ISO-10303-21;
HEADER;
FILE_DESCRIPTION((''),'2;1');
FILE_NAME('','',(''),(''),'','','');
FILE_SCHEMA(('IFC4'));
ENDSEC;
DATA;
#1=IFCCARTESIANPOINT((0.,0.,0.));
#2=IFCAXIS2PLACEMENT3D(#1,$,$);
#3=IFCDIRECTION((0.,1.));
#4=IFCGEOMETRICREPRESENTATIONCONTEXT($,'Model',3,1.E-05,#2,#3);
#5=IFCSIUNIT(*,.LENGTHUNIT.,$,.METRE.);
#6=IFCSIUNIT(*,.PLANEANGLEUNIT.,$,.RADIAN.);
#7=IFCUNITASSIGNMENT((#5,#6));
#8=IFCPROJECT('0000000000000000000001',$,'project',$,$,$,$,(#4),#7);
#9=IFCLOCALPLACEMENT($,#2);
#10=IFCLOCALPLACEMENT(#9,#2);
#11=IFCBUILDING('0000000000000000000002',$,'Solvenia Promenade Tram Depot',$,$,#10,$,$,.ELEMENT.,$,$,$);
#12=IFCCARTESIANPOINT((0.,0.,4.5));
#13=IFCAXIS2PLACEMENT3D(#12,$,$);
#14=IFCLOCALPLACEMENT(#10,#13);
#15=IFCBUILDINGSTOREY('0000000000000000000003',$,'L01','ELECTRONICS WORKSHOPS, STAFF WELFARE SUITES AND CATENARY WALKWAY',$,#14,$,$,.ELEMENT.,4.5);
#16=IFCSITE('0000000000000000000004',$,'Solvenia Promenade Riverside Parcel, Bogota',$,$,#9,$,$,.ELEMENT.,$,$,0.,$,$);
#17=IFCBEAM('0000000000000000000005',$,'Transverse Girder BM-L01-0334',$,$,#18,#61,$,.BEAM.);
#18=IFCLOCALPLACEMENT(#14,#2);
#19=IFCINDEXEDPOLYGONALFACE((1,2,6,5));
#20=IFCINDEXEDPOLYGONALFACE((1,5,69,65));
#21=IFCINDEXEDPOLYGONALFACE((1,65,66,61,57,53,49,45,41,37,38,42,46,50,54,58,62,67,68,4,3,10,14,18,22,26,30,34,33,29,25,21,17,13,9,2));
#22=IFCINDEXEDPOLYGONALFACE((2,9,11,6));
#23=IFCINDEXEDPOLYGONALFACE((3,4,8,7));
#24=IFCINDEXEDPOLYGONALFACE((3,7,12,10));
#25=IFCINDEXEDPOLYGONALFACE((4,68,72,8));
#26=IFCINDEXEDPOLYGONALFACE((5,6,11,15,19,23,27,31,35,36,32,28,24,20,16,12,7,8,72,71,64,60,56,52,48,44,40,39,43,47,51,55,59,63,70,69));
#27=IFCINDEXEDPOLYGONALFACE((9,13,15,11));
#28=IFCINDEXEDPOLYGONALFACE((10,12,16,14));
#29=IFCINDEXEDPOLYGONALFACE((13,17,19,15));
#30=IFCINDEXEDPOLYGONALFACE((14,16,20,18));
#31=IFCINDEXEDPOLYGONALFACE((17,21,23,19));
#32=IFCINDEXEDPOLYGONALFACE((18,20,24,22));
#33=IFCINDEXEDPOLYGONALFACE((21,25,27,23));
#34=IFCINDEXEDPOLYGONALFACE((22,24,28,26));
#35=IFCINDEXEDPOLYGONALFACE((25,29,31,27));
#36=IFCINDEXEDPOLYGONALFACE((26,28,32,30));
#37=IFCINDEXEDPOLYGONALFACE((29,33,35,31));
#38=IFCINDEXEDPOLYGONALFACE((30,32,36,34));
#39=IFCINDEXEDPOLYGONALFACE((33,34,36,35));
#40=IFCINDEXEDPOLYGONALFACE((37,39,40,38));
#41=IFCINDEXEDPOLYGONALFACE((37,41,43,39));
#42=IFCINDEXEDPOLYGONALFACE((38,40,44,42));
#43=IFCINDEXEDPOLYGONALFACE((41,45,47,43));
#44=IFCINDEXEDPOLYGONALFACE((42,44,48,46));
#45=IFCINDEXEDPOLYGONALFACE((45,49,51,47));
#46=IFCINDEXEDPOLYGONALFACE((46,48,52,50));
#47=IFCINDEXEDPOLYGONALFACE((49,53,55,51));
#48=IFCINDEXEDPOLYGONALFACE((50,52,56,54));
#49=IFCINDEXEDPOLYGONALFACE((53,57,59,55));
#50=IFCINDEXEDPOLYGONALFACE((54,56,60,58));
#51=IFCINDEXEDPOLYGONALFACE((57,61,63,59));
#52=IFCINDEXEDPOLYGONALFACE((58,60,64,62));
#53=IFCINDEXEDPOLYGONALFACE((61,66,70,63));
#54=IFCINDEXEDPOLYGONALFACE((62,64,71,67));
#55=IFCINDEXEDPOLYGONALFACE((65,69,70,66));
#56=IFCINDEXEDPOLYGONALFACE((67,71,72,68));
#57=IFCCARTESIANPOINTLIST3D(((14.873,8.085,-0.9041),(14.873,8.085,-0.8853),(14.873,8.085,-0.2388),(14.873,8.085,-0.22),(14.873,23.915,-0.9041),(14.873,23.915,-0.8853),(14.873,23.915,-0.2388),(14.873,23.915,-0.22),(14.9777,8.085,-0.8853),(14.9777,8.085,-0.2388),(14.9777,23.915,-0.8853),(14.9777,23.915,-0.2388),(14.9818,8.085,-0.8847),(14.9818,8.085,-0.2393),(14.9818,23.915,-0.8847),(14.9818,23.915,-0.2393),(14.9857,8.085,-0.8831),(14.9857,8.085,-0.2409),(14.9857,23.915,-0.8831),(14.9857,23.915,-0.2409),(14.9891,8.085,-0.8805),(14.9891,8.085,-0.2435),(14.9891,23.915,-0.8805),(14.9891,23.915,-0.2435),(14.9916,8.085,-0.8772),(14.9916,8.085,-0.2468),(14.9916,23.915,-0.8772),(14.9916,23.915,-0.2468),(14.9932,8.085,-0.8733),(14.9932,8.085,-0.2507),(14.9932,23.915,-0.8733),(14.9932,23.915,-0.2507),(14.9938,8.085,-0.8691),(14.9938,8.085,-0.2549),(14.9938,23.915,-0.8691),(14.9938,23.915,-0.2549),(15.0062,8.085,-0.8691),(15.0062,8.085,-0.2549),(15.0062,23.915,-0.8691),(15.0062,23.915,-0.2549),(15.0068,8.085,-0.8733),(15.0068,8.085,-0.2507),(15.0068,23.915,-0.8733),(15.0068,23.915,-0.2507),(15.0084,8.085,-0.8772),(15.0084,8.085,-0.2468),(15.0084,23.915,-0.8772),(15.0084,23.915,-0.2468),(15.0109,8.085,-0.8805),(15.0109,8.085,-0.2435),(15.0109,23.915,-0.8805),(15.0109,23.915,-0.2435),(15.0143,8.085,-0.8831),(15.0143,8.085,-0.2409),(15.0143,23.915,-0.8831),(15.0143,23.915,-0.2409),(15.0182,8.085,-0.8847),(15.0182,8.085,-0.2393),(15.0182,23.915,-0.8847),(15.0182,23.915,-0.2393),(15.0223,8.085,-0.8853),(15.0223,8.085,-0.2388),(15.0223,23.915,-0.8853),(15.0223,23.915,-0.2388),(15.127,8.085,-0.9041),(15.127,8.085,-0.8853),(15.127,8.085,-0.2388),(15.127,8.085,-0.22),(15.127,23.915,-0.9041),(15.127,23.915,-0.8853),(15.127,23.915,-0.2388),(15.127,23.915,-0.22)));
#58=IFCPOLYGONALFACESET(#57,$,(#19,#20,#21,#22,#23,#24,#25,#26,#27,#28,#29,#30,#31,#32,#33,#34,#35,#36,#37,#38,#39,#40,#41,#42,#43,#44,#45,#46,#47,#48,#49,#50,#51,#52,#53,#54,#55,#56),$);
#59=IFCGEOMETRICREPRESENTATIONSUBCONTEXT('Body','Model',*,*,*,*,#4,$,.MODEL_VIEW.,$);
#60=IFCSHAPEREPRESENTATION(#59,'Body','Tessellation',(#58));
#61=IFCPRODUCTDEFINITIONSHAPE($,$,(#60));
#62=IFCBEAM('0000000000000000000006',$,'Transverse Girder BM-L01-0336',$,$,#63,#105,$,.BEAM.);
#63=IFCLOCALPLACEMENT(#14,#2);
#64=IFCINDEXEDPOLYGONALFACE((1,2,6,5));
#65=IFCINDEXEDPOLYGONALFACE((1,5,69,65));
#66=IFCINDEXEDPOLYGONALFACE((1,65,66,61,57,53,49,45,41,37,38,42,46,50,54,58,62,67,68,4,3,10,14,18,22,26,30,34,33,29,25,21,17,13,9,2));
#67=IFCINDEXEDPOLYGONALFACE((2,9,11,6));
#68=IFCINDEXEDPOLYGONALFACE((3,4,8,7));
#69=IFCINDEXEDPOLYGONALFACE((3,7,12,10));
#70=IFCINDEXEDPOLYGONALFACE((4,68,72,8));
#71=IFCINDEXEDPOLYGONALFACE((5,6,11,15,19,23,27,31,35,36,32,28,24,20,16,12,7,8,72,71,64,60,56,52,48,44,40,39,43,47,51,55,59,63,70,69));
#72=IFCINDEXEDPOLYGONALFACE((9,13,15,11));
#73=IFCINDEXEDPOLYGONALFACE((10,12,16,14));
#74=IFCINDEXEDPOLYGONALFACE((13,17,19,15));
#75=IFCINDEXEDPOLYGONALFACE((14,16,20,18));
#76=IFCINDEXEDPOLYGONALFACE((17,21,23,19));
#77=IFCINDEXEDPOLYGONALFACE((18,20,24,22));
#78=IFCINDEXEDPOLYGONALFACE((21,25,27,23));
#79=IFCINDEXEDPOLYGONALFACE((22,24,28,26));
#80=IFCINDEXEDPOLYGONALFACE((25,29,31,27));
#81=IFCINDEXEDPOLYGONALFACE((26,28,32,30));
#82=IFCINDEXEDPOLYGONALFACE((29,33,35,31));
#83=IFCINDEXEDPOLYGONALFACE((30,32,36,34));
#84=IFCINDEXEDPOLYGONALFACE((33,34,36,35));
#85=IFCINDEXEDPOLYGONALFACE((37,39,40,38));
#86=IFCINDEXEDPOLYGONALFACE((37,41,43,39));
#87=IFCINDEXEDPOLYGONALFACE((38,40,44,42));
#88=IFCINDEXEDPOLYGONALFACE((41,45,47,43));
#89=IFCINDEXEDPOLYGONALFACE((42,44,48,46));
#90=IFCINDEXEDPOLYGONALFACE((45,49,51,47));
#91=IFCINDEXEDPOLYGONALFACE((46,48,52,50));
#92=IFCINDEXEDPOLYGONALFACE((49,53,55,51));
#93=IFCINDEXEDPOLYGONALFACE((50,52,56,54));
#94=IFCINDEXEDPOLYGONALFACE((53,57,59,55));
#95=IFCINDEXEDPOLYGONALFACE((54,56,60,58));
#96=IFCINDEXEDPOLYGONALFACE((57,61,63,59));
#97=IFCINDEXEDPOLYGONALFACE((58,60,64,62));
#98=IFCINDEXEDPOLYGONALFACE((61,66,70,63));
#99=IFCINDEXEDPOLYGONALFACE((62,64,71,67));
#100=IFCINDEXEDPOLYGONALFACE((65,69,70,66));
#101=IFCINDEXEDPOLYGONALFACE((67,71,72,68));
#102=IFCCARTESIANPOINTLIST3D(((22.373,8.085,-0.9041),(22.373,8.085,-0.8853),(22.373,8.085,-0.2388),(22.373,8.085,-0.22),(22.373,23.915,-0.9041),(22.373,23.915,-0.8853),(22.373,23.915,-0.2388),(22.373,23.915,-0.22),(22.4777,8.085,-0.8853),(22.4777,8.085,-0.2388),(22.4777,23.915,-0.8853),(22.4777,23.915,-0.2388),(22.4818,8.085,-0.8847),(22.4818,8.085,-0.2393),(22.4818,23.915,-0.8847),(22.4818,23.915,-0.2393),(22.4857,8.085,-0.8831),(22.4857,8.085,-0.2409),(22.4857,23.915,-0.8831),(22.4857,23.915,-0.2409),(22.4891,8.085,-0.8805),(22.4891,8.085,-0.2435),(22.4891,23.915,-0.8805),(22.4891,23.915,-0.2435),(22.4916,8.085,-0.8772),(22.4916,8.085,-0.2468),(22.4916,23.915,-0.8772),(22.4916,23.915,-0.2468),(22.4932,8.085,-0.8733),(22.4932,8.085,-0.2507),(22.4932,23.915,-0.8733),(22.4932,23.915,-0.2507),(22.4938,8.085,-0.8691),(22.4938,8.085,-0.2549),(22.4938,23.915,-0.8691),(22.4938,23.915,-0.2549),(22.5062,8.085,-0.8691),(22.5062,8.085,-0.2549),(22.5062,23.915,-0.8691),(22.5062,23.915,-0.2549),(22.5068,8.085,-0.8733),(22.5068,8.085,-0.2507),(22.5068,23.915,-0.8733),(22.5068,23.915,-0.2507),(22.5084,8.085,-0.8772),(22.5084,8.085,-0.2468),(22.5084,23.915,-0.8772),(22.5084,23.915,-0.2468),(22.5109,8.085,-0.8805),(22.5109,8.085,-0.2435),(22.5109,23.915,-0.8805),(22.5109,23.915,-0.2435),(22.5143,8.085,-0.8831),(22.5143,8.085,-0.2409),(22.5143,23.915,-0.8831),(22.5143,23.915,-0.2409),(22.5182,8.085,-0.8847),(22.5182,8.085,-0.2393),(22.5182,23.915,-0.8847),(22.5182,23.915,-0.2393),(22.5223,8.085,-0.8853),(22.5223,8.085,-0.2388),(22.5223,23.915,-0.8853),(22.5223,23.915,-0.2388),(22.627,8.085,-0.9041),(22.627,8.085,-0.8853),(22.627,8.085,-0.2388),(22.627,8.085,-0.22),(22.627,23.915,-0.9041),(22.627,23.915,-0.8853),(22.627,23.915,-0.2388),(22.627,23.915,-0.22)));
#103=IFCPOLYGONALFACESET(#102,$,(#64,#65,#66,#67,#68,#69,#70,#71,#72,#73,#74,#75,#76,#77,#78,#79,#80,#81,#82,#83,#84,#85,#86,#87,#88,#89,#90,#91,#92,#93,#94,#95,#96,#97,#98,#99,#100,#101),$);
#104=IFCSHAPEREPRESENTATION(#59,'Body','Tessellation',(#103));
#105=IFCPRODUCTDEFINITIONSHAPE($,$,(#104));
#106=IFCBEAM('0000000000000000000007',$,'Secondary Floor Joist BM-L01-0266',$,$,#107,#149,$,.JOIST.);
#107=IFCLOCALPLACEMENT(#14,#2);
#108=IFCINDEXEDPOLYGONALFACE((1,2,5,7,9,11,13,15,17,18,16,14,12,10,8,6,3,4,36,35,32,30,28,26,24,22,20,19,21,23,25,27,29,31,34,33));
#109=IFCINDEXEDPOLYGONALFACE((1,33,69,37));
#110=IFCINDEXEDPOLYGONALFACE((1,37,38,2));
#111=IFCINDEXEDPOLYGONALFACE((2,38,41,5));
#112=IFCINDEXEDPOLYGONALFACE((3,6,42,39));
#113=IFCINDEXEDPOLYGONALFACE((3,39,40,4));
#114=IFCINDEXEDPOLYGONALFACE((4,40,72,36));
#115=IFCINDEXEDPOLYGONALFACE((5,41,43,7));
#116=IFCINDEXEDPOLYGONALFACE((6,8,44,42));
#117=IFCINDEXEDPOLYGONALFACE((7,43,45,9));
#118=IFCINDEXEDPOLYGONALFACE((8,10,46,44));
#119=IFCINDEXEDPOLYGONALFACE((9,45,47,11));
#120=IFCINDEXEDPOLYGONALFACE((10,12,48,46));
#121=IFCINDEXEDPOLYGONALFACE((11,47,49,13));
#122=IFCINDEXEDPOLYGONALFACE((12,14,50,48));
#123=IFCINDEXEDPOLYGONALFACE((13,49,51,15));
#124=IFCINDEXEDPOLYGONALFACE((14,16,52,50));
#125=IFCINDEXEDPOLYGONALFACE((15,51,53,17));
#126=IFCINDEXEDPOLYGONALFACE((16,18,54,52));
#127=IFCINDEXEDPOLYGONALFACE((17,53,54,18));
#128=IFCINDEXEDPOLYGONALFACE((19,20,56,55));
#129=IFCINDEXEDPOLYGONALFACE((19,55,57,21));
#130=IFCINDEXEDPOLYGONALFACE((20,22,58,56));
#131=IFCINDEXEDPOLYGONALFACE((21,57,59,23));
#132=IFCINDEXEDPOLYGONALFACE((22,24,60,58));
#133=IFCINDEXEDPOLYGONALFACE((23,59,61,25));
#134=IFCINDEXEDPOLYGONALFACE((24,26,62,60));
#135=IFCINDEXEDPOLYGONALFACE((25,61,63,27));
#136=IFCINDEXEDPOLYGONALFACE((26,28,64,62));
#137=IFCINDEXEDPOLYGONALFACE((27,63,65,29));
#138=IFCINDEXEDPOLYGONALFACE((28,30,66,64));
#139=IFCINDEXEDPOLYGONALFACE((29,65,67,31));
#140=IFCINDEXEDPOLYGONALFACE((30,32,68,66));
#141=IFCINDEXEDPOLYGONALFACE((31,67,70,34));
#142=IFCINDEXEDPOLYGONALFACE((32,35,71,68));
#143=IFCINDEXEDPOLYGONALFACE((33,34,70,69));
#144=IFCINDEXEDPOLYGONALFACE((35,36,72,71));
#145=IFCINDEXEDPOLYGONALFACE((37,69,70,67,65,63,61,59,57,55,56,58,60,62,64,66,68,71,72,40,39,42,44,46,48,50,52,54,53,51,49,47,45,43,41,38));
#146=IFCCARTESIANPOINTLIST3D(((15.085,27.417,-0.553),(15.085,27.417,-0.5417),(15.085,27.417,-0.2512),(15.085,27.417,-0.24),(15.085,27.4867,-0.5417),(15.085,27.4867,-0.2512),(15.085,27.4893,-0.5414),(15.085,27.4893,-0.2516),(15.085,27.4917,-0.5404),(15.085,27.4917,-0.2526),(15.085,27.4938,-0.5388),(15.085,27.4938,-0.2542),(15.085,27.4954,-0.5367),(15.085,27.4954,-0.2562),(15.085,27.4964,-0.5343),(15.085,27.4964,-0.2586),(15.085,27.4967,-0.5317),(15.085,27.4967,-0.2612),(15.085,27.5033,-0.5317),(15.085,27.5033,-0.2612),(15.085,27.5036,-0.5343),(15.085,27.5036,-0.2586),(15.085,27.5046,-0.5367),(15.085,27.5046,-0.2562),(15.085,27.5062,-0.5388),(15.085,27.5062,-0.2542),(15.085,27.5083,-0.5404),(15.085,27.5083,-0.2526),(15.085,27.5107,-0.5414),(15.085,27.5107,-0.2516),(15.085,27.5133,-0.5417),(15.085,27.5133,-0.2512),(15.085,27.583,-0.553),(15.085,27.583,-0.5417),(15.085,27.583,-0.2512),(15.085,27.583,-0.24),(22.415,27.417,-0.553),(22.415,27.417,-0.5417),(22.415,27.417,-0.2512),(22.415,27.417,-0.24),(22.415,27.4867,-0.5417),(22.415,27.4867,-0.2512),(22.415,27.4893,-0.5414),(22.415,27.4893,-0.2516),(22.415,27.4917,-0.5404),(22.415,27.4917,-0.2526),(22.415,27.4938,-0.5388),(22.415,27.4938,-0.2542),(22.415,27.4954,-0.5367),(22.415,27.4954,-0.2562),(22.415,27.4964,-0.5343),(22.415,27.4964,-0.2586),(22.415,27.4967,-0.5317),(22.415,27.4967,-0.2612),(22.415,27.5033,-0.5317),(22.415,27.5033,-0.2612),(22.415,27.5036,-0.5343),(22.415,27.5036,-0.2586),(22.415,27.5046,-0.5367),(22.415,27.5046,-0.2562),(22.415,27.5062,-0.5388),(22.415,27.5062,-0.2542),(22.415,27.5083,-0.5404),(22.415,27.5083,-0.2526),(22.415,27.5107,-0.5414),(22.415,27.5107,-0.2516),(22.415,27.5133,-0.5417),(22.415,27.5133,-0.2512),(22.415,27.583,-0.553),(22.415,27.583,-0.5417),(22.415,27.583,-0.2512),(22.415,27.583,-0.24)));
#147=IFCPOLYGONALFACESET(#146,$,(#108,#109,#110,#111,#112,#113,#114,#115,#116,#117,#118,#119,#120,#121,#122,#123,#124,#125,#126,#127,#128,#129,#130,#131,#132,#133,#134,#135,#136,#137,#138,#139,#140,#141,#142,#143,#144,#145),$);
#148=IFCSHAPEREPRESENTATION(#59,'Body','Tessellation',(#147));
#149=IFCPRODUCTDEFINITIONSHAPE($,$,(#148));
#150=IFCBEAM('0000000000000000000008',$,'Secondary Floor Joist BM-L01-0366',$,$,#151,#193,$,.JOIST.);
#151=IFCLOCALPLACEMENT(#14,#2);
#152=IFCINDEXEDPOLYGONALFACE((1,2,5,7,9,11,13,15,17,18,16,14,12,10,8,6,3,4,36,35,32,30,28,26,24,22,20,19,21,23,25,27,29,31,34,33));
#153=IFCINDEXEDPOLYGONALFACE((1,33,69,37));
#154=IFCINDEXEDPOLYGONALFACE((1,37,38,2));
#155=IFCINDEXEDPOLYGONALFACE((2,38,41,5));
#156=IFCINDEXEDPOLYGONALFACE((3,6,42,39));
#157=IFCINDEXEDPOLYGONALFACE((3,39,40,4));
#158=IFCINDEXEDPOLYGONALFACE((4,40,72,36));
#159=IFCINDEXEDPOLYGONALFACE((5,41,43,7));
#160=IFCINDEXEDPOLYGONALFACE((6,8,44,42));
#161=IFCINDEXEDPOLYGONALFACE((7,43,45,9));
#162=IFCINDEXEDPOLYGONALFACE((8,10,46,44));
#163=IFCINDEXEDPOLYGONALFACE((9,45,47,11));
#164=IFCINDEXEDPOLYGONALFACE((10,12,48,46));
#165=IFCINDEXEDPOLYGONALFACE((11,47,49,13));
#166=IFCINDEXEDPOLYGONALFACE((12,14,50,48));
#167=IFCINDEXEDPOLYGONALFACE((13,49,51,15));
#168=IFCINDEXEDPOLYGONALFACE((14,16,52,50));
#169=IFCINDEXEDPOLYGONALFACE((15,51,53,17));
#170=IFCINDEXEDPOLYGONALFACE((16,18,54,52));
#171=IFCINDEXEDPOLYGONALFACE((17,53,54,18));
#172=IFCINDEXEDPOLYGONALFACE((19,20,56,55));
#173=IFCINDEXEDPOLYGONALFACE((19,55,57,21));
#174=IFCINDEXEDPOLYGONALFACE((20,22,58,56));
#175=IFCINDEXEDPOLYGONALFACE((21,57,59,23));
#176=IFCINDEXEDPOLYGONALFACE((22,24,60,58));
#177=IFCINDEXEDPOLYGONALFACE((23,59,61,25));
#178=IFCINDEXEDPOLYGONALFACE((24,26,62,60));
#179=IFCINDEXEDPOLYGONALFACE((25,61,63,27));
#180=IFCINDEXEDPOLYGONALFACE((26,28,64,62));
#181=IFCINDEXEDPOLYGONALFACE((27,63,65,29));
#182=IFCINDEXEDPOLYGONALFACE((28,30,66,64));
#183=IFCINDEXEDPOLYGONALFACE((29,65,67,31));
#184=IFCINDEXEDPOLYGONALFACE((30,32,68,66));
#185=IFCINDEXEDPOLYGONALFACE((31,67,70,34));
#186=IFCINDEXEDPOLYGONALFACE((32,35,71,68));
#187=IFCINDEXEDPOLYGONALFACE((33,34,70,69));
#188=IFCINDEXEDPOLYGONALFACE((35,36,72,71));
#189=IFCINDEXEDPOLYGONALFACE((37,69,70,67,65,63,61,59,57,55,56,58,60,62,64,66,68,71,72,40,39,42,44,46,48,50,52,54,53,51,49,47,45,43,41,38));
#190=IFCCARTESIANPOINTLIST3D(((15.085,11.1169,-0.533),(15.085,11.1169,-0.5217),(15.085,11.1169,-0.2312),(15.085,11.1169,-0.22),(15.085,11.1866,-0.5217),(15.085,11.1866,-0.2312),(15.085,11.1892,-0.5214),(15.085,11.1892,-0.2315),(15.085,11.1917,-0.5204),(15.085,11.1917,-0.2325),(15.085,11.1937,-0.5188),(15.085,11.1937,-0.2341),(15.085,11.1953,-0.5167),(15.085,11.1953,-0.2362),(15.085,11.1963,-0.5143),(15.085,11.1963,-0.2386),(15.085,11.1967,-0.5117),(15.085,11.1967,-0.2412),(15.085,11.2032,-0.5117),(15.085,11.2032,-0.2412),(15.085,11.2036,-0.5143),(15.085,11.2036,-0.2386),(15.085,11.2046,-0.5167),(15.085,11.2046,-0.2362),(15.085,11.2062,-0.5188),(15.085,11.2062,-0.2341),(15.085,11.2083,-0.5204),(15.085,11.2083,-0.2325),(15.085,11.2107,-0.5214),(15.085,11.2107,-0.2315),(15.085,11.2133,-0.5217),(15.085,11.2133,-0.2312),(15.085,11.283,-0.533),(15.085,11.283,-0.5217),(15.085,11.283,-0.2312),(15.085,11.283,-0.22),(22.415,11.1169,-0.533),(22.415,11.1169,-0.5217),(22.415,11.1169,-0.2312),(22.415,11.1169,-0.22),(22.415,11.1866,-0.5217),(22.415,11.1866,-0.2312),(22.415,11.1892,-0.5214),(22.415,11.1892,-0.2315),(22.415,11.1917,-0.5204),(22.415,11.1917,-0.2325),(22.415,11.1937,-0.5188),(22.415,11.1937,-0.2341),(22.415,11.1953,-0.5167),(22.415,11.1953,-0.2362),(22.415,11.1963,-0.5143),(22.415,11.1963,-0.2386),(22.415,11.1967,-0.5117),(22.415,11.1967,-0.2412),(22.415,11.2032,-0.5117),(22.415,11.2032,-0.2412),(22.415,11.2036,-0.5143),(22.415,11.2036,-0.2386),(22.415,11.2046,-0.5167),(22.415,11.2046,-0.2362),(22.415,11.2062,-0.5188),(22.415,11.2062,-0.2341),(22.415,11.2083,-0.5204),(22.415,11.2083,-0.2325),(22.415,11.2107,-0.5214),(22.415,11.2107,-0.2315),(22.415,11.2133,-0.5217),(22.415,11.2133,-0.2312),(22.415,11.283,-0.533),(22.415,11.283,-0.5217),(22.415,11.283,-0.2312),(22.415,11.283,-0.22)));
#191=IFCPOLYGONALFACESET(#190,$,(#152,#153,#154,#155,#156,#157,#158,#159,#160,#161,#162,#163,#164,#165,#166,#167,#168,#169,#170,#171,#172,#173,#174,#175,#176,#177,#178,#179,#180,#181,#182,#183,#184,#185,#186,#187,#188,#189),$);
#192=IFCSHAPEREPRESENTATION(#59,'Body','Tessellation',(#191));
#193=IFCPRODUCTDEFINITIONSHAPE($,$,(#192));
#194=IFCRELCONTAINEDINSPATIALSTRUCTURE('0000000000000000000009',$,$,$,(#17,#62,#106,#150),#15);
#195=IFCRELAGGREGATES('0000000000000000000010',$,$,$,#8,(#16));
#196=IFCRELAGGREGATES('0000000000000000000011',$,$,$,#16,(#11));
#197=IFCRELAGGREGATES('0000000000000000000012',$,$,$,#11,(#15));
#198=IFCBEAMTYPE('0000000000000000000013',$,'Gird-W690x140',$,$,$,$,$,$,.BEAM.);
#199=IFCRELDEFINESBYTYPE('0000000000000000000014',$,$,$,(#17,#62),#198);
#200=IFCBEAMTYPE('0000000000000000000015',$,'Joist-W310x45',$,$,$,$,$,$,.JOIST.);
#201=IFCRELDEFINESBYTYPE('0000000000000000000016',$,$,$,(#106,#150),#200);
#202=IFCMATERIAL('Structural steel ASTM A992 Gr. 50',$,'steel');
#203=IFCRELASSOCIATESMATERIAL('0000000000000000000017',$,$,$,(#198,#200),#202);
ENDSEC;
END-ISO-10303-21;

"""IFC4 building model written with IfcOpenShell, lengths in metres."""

from ifc_helpers import new_model, si_unit, direction, frame, origin, origin_2d, place, context, subcontext, project, spatial, i_section, extrude, material, material_profile, profile_set, type_object, element, save


model = new_model("IFC4")

# Units and contexts
model_context = context("Model", 3, precision=1e-05, world=origin(), true_north=direction((0.0, 1.0)))
body_context = subcontext(model_context, "Body", "Model", "MODEL_VIEW")
ifc_project = project(units=[si_unit("LENGTHUNIT", "METRE"), si_unit("PLANEANGLEUNIT", "RADIAN")], contexts=[model_context])

# Site, building, storey
site_placement = place(None, origin())
site = spatial("IfcSite", under=ifc_project, at=site_placement, Name="Solvenia Promenade Riverside Parcel, Bogota", CompositionType="ELEMENT", RefElevation=0.0)
building_placement = place(site_placement, origin())
building = spatial("IfcBuilding", under=site, at=building_placement, Name="Solvenia Promenade Tram Depot", CompositionType="ELEMENT")
storey_placement = place(building_placement, frame((0.0, 0.0, 4.5)))
storey = spatial("IfcBuildingStorey", under=building, at=storey_placement, Name="L01", Description="ELECTRONICS WORKSHOPS, STAFF WELFARE SUITES AND CATENARY WALKWAY", CompositionType="ELEMENT", Elevation=4.5)

# Shared definitions
ifc_material_1 = material(Name="Structural steel ASTM A992 Gr. 50", Category="steel")

# Beams
ifc_material_profile_1 = material_profile(ifc_material_1, i_section(OverallWidth=0.2539, OverallDepth=0.6841, WebThickness=0.0125, FlangeThickness=0.0188, FilletRadius=0.0161, at=origin_2d()), Name="W690x140", Category="steel")
ifc_profile_set_1 = profile_set([ifc_material_profile_1], Name="Structural steel ASTM A992 Gr. 50")
beam_type_1 = type_object("IfcBeamType", Name="Gird-W690x140", PredefinedType="BEAM", material=ifc_profile_set_1)
for number, where, z_axis, x_axis, name in (
    (1, (15.0, 8.085, -0.562), (0.0, 1.0, 0.0), (-1.0, 0.0, 0.0), "Transverse Girder BM-L01-0334"),
    (2, (22.5, 8.085, -0.562), (0.0, 1.0, 0.0), (-1.0, 0.0, 0.0), "Transverse Girder BM-L01-0336"),
):
    element("IfcBeam", number, at=place(storey_placement, frame(where, z_axis=z_axis, x_axis=x_axis)), inside=storey, type_object=beam_type_1, Name=name, PredefinedType="BEAM", context=body_context, shape_type="SweptSolid", body=[
        extrude(i_section(OverallWidth=0.2539, OverallDepth=0.6841, WebThickness=0.0125, FlangeThickness=0.0188, FilletRadius=0.0161, at=origin_2d()), origin(), (0.0, 0.0, 1.0), 15.8301),
    ])
ifc_material_profile_2 = material_profile(ifc_material_1, i_section(OverallWidth=0.166, OverallDepth=0.313, WebThickness=0.0066, FlangeThickness=0.0112, FilletRadius=0.01, at=origin_2d()), Name="W310x45", Category="steel")
ifc_profile_set_2 = profile_set([ifc_material_profile_2], Name="Structural steel ASTM A992 Gr. 50")
beam_type_2 = type_object("IfcBeamType", Name="Joist-W310x45", PredefinedType="JOIST", material=ifc_profile_set_2)
for number, where, z_axis, x_axis, name in (
    (3, (15.085, 27.5, -0.3965), (1.0, 0.0, 0.0), (0.0, 1.0, 0.0), "Secondary Floor Joist BM-L01-0266"),
    (4, (15.085, 11.2, -0.3765), (1.0, 0.0, 0.0), (0.0, 1.0, 0.0), "Secondary Floor Joist BM-L01-0366"),
):
    element("IfcBeam", number, at=place(storey_placement, frame(where, z_axis=z_axis, x_axis=x_axis)), inside=storey, type_object=beam_type_2, Name=name, PredefinedType="JOIST", context=body_context, shape_type="SweptSolid", body=[
        extrude(i_section(OverallWidth=0.166, OverallDepth=0.313, WebThickness=0.0066, FlangeThickness=0.0112, FilletRadius=0.01, at=origin_2d()), origin(), (0.0, 0.0, 1.0), 7.3301),
    ])

save(model, "model.ifc")
